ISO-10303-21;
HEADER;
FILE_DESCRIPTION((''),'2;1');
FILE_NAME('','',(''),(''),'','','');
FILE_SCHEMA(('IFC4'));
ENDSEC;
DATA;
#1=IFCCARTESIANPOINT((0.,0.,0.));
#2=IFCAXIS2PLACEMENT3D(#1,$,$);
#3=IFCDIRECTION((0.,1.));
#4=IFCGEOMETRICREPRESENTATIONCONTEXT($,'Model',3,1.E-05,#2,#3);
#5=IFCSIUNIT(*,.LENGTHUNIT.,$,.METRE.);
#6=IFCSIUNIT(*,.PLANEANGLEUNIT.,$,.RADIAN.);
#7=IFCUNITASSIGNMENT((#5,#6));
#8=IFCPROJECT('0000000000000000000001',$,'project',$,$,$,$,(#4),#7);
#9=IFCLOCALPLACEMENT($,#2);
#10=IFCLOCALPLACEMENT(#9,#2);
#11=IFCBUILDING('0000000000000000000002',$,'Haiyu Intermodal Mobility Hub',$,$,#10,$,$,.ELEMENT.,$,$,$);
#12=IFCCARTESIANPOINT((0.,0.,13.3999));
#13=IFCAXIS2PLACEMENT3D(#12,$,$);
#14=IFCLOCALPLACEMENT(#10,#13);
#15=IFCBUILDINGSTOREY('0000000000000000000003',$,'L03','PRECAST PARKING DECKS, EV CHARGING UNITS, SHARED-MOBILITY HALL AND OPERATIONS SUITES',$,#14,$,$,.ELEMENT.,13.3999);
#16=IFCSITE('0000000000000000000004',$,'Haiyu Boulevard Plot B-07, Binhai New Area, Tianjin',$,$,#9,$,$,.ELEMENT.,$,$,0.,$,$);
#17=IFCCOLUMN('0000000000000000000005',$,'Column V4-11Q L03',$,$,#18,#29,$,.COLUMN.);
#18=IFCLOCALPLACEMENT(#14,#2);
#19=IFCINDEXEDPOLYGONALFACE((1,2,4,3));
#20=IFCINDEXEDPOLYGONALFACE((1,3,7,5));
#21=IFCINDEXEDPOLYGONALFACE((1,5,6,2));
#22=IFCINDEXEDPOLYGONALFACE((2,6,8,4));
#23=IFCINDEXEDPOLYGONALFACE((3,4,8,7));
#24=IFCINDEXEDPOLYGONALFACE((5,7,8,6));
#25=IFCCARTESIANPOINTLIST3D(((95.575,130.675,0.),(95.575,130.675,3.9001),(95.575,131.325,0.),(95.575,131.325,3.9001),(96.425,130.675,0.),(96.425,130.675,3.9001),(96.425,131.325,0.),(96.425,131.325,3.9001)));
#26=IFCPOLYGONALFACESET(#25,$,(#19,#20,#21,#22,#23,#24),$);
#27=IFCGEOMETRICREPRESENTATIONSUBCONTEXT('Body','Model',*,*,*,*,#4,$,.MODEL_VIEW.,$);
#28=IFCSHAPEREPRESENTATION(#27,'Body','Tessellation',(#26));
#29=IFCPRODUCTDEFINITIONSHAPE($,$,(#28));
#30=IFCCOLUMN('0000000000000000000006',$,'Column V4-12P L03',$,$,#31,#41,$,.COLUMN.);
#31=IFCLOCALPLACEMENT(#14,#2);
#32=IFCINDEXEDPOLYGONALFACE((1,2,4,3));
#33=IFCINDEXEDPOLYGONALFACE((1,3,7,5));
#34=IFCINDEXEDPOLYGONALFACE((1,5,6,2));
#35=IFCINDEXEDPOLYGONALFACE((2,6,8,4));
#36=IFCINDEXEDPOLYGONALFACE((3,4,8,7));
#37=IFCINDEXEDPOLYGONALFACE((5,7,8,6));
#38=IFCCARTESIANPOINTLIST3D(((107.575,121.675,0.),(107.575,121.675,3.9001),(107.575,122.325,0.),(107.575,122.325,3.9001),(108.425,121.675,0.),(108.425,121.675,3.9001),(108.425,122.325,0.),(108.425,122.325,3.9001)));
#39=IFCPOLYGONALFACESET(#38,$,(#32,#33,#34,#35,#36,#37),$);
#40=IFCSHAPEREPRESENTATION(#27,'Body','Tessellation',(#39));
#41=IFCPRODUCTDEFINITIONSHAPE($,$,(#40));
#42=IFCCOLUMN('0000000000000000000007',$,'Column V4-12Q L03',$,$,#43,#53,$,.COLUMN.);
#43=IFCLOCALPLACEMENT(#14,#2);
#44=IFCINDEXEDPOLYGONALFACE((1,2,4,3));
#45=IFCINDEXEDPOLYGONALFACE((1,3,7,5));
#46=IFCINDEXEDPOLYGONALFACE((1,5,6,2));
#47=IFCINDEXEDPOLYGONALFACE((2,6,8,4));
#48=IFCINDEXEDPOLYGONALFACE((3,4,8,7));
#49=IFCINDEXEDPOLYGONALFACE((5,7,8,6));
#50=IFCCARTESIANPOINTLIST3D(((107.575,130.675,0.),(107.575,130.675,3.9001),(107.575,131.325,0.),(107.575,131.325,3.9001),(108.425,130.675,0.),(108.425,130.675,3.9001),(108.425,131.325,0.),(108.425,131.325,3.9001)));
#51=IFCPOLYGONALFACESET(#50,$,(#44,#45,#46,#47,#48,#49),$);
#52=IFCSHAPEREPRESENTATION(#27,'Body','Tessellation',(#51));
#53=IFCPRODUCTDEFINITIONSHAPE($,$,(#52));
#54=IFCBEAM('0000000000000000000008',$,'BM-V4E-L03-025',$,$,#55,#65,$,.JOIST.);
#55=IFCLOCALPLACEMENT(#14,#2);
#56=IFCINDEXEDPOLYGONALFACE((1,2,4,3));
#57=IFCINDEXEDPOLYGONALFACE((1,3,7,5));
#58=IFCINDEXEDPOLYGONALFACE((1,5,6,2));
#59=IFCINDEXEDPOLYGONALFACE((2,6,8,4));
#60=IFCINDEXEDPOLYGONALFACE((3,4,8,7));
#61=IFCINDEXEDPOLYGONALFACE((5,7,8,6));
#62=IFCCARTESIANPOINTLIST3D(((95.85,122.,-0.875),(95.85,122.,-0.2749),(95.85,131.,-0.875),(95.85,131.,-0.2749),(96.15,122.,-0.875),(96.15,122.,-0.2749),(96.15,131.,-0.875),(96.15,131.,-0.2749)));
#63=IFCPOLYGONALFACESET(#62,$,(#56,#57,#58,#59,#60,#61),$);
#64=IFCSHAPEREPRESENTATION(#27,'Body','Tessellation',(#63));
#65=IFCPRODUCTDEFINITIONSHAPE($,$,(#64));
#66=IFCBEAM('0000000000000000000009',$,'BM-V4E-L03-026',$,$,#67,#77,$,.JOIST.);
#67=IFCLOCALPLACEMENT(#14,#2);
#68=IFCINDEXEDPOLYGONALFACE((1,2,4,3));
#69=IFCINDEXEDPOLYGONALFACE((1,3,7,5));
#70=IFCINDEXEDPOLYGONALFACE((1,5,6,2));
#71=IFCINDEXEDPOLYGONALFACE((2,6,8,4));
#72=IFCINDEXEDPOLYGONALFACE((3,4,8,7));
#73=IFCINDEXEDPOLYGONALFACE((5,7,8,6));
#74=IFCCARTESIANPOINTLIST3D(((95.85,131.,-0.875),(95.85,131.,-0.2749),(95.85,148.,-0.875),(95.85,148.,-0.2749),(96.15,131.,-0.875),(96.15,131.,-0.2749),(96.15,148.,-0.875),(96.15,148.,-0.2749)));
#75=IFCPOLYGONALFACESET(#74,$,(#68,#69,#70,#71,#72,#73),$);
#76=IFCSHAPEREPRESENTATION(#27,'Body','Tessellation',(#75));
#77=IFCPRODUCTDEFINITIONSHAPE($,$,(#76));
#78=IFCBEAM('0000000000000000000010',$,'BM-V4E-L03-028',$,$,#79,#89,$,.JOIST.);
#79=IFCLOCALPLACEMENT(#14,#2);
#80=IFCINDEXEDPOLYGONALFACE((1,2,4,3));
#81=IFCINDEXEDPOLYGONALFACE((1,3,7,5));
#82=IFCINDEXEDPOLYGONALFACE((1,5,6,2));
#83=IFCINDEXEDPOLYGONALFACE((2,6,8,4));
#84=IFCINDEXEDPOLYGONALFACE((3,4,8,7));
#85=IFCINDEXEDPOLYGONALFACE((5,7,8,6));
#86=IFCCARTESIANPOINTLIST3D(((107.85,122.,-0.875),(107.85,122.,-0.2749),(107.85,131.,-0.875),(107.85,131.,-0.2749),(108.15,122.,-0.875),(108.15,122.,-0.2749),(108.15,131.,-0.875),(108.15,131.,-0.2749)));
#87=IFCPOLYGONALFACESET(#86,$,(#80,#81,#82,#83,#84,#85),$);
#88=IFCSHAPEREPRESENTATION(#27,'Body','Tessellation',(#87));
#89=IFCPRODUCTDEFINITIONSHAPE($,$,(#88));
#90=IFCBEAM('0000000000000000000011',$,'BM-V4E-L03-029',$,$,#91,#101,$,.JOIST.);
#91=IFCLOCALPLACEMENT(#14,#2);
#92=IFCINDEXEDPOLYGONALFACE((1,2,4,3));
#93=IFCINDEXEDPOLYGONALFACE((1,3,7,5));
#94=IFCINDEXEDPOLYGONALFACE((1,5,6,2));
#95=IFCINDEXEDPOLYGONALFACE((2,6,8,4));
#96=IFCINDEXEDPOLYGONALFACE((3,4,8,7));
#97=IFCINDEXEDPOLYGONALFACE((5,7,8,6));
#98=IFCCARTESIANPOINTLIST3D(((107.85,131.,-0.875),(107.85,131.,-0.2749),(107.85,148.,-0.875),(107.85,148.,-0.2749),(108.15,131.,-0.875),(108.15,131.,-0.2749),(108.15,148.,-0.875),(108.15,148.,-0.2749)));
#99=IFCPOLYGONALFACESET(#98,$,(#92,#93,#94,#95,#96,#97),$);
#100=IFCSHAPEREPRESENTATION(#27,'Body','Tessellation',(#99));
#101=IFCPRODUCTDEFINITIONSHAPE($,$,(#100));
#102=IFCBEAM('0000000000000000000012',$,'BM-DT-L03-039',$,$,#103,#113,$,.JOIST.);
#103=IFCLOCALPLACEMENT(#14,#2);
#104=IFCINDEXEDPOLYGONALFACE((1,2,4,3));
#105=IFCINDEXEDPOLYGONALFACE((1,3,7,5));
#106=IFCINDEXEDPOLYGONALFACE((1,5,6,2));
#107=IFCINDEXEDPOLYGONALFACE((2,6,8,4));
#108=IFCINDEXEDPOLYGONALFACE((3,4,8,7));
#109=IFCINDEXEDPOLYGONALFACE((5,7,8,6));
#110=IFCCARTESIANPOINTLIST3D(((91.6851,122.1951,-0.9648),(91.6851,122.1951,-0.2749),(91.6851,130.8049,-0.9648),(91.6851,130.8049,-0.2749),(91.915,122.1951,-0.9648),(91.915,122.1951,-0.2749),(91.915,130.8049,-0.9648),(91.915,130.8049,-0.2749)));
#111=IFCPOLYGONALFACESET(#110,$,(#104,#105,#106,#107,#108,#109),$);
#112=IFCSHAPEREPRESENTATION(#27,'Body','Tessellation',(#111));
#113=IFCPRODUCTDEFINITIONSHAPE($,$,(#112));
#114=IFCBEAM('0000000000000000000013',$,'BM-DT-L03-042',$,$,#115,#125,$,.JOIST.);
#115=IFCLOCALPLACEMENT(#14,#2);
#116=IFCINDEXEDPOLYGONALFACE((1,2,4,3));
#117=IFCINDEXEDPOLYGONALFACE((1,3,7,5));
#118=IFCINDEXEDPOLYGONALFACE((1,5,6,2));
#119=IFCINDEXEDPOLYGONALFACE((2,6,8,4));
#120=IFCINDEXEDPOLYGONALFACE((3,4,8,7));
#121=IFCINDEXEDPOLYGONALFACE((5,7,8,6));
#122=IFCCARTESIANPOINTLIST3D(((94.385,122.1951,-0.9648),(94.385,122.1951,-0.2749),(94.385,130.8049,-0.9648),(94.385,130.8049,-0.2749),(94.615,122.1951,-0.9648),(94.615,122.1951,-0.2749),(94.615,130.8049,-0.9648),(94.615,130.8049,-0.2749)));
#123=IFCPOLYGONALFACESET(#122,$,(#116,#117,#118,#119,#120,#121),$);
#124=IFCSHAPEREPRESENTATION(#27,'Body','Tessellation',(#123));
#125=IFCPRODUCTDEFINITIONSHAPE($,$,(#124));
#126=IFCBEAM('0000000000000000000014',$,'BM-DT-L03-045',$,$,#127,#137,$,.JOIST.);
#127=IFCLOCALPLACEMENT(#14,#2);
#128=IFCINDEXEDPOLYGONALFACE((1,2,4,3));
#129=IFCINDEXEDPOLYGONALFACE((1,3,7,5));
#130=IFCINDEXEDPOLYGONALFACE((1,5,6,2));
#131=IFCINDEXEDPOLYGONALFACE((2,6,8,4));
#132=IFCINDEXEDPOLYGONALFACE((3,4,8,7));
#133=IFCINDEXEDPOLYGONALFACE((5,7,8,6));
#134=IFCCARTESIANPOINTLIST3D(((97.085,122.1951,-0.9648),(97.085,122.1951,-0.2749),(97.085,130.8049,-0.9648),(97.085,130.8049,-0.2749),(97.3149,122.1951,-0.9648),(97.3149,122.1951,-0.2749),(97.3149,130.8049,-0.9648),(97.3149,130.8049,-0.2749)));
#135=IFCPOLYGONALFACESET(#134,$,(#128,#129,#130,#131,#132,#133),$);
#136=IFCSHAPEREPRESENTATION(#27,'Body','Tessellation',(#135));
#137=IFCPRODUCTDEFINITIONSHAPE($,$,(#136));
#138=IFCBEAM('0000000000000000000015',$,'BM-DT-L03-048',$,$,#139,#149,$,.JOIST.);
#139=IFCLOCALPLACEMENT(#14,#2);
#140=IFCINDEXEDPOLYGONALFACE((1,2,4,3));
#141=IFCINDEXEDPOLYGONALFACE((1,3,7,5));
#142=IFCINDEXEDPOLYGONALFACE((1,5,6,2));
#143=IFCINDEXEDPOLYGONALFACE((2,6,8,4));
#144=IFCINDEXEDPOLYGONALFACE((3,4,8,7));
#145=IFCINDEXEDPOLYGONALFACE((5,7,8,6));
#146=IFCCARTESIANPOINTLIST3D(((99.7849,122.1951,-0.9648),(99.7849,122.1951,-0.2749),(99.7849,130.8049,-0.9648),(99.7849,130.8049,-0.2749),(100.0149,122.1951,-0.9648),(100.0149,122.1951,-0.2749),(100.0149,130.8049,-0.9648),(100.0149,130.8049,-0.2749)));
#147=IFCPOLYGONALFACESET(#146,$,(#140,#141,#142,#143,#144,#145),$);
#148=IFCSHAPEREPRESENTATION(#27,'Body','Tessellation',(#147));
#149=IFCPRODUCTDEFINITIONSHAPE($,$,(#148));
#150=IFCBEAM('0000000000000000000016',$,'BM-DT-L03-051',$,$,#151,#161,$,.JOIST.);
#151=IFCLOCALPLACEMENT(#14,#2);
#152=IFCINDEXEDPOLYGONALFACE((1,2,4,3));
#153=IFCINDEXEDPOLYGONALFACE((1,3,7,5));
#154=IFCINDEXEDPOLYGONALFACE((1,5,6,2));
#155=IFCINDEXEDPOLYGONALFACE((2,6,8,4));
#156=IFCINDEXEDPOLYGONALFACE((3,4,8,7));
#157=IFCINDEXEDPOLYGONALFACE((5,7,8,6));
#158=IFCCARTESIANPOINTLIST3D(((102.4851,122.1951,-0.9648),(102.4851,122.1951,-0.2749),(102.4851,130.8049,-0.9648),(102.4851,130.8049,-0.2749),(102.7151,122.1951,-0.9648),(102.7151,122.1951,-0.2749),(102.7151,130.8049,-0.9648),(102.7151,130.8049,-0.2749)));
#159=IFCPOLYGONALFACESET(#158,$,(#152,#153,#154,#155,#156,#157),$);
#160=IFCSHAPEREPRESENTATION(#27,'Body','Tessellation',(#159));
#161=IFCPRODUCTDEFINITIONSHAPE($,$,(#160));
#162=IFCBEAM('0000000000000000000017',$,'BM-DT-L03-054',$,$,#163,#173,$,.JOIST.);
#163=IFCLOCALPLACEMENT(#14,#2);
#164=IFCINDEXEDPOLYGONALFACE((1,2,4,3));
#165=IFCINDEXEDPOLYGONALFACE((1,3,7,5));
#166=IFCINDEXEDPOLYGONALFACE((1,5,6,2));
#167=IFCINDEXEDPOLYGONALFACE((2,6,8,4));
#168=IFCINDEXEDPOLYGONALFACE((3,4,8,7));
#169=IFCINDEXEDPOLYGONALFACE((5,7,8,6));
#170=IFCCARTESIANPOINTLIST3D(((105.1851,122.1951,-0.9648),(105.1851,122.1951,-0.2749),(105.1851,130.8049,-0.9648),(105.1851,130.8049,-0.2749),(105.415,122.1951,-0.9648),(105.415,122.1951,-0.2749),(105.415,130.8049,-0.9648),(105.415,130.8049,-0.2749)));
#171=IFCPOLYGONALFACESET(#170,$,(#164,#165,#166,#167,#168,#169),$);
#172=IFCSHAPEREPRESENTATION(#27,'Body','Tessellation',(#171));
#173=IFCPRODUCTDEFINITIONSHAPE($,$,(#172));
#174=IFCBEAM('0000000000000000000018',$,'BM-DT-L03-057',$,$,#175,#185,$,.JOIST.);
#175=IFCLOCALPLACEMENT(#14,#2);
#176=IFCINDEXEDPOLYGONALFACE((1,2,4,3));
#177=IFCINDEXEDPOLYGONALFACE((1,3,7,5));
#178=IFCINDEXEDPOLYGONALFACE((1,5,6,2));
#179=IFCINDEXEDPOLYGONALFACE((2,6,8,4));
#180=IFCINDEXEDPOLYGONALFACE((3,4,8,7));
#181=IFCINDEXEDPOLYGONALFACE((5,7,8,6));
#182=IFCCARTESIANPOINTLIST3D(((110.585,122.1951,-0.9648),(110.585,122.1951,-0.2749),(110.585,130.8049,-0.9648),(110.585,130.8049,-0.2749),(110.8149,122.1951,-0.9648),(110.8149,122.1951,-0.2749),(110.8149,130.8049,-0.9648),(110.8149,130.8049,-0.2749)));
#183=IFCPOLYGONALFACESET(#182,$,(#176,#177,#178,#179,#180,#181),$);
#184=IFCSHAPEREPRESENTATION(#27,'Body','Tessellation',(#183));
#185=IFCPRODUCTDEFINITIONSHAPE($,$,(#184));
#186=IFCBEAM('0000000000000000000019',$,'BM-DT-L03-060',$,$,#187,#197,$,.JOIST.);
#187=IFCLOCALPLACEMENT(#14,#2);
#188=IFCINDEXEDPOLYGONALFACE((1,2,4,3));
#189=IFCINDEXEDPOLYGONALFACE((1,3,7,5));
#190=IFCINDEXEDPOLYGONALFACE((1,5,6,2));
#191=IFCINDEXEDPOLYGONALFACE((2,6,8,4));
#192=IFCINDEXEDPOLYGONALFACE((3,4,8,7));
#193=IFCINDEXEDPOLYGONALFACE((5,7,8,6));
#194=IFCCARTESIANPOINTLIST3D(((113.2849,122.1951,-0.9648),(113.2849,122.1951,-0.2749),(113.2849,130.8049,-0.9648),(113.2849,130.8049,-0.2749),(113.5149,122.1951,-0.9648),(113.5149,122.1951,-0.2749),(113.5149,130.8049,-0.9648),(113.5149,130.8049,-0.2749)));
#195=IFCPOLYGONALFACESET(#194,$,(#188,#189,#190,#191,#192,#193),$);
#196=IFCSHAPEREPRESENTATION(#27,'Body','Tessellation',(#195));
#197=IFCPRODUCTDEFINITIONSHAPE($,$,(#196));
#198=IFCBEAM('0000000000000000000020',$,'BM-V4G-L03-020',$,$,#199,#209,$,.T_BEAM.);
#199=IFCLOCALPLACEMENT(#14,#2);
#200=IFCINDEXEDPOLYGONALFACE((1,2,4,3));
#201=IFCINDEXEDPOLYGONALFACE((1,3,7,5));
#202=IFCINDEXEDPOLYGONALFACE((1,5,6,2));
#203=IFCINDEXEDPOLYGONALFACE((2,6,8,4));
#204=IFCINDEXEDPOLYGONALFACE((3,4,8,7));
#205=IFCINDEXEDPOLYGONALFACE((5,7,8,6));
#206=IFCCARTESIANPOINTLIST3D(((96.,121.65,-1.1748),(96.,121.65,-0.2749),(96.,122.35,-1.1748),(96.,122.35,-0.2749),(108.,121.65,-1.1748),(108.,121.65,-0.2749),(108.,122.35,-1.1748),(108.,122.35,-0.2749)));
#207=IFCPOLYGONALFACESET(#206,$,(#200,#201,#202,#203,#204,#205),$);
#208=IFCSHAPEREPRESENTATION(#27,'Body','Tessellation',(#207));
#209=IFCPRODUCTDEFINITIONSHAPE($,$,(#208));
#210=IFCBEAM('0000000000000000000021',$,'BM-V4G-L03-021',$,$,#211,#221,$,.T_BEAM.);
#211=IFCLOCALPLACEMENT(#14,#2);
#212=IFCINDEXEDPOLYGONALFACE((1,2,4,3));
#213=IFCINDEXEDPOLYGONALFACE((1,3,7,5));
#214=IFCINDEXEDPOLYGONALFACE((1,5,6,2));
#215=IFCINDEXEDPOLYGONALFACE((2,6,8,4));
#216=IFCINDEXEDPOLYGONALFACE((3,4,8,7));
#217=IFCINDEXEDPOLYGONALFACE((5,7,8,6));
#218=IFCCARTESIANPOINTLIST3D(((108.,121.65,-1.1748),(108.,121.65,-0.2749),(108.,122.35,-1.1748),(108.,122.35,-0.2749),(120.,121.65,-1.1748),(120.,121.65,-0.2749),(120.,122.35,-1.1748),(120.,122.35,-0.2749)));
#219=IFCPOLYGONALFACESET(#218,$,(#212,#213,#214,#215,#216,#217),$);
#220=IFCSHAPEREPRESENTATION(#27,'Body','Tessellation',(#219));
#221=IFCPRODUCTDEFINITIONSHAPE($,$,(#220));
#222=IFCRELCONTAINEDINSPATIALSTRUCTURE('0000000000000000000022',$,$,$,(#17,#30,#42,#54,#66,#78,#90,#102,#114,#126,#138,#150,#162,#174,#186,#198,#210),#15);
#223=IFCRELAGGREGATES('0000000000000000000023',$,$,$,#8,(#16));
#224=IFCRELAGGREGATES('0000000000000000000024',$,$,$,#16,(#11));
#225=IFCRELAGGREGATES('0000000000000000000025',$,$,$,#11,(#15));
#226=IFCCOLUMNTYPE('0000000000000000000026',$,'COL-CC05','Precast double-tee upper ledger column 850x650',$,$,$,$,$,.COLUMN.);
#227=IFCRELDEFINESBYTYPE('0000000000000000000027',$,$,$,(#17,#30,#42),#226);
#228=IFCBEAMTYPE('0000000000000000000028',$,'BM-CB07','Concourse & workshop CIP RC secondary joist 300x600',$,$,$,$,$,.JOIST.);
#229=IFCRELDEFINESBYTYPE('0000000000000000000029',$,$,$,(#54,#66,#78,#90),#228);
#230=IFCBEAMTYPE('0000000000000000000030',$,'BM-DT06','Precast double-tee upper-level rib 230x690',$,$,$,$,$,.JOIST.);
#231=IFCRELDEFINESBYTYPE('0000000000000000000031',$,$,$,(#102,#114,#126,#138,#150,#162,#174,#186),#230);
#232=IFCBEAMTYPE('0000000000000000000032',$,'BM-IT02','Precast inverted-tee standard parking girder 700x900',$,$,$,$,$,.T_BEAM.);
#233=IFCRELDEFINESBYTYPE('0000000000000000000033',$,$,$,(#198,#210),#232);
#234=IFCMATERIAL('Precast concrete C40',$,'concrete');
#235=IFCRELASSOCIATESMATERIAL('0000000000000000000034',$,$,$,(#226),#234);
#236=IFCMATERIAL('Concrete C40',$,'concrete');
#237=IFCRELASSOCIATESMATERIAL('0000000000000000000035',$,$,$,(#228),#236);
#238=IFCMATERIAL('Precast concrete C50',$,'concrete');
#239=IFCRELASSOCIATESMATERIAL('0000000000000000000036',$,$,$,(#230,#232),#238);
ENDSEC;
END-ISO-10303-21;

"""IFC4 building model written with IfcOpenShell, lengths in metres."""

from ifc_helpers import new_model, si_unit, direction, frame, origin, origin_2d, place, context, subcontext, project, spatial, rectangle, extrude, material, material_profile, profile_set, type_object, element, save


model = new_model("IFC4")

# Units and contexts
model_context = context("Model", 3, precision=1e-05, world=origin(), true_north=direction((0.0, 1.0)))
body_context = subcontext(model_context, "Body", "Model", "MODEL_VIEW")
ifc_project = project(units=[si_unit("LENGTHUNIT", "METRE"), si_unit("PLANEANGLEUNIT", "RADIAN")], contexts=[model_context])

# Site, building, storey
site_placement = place(None, origin())
site = spatial("IfcSite", under=ifc_project, at=site_placement, Name="Haiyu Boulevard Plot B-07, Binhai New Area, Tianjin", CompositionType="ELEMENT", RefElevation=0.0)
building_placement = place(site_placement, origin())
building = spatial("IfcBuilding", under=site, at=building_placement, Name="Haiyu Intermodal Mobility Hub", CompositionType="ELEMENT")
storey_placement = place(building_placement, frame((0.0, 0.0, 13.3999)))
storey = spatial("IfcBuildingStorey", under=building, at=storey_placement, Name="L03", Description="PRECAST PARKING DECKS, EV CHARGING UNITS, SHARED-MOBILITY HALL AND OPERATIONS SUITES", CompositionType="ELEMENT", Elevation=13.3999)

# Columns
ifc_material_1 = material(Name="Precast concrete C40", Category="concrete")
ifc_material_profile_1 = material_profile(ifc_material_1, rectangle(XDim=0.8501, YDim=0.6499, at=origin_2d()), Name="RC850x650")
ifc_profile_set_1 = profile_set([ifc_material_profile_1], Name="Precast concrete C40")
column_type = type_object("IfcColumnType", Name="COL-CC05", Description="Precast double-tee upper ledger column 850x650", PredefinedType="COLUMN", material=ifc_profile_set_1)
for number, where, z_axis, x_axis, name in (
    (1, (96.0, 131.0, 0.0), (0.0, 0.0, 1.0), (1.0, 0.0, 0.0), "Column V4-11Q L03"),
    (2, (108.0, 122.0, 0.0), (0.0, 0.0, 1.0), (1.0, 0.0, 0.0), "Column V4-12P L03"),
    (3, (108.0, 131.0, 0.0), (0.0, 0.0, 1.0), (1.0, 0.0, 0.0), "Column V4-12Q L03"),
):
    element("IfcColumn", number, at=place(storey_placement, frame(where, z_axis=z_axis, x_axis=x_axis)), inside=storey, type_object=column_type, Name=name, PredefinedType="COLUMN", context=body_context, shape_type="SweptSolid", body=[
        extrude(rectangle(XDim=0.8501, YDim=0.6499, at=origin_2d()), origin(), (0.0, 0.0, 1.0), 3.9001),
    ])

# Beams
ifc_material_2 = material(Name="Concrete C40", Category="concrete")
ifc_material_profile_2 = material_profile(ifc_material_2, rectangle(XDim=0.3, YDim=0.6001, at=origin_2d()), Name="RCB300x600")
ifc_profile_set_2 = profile_set([ifc_material_profile_2], Name="Concrete C40")
beam_type_1 = type_object("IfcBeamType", Name="BM-CB07", Description="Concourse & workshop CIP RC secondary joist 300x600", PredefinedType="JOIST", material=ifc_profile_set_2)
beam_1_placement = place(storey_placement, frame((96.0, 122.0, -0.575), z_axis=(0.0, 1.0, 0.0), x_axis=(-1.0, 0.0, 0.0)))
element("IfcBeam", 4, at=beam_1_placement, inside=storey, type_object=beam_type_1, Name="BM-V4E-L03-025", PredefinedType="JOIST", context=body_context, shape_type="SweptSolid", body=[
    extrude(rectangle(XDim=0.3, YDim=0.6001, at=origin_2d()), origin(), (0.0, 0.0, 1.0), 9.0),
])
beam_2_placement = place(storey_placement, frame((96.0, 131.0, -0.575), z_axis=(0.0, 1.0, 0.0), x_axis=(-1.0, 0.0, 0.0)))
element("IfcBeam", 5, at=beam_2_placement, inside=storey, type_object=beam_type_1, Name="BM-V4E-L03-026", PredefinedType="JOIST", context=body_context, shape_type="SweptSolid", body=[
    extrude(rectangle(XDim=0.3, YDim=0.6001, at=origin_2d()), origin(), (0.0, 0.0, 1.0), 17.0),
])
beam_3_placement = place(storey_placement, frame((108.0, 122.0, -0.575), z_axis=(0.0, 1.0, 0.0), x_axis=(-1.0, 0.0, 0.0)))
element("IfcBeam", 6, at=beam_3_placement, inside=storey, type_object=beam_type_1, Name="BM-V4E-L03-028", PredefinedType="JOIST", context=body_context, shape_type="SweptSolid", body=[
    extrude(rectangle(XDim=0.3, YDim=0.6001, at=origin_2d()), origin(), (0.0, 0.0, 1.0), 9.0),
])
beam_4_placement = place(storey_placement, frame((108.0, 131.0, -0.575), z_axis=(0.0, 1.0, 0.0), x_axis=(-1.0, 0.0, 0.0)))
element("IfcBeam", 7, at=beam_4_placement, inside=storey, type_object=beam_type_1, Name="BM-V4E-L03-029", PredefinedType="JOIST", context=body_context, shape_type="SweptSolid", body=[
    extrude(rectangle(XDim=0.3, YDim=0.6001, at=origin_2d()), origin(), (0.0, 0.0, 1.0), 17.0),
])
ifc_material_3 = material(Name="Precast concrete C50", Category="concrete")
ifc_material_profile_3 = material_profile(ifc_material_3, rectangle(XDim=0.23, YDim=0.6899, at=origin_2d()), Name="B230x690")
ifc_profile_set_3 = profile_set([ifc_material_profile_3], Name="Precast concrete C50")
beam_type_2 = type_object("IfcBeamType", Name="BM-DT06", Description="Precast double-tee upper-level rib 230x690", PredefinedType="JOIST", material=ifc_profile_set_3)
for number, where, z_axis, x_axis, name in (
    (8, (91.8, 122.1951, -0.6199), (0.0, 1.0, 0.0), (-1.0, 0.0, 0.0), "BM-DT-L03-039"),
    (9, (94.5, 122.1951, -0.6199), (0.0, 1.0, 0.0), (-1.0, 0.0, 0.0), "BM-DT-L03-042"),
    (10, (97.2, 122.1951, -0.6199), (0.0, 1.0, 0.0), (-1.0, 0.0, 0.0), "BM-DT-L03-045"),
    (11, (99.8999, 122.1951, -0.6199), (0.0, 1.0, 0.0), (-1.0, 0.0, 0.0), "BM-DT-L03-048"),
    (12, (102.6001, 122.1951, -0.6199), (0.0, 1.0, 0.0), (-1.0, 0.0, 0.0), "BM-DT-L03-051"),
    (13, (105.3, 122.1951, -0.6199), (0.0, 1.0, 0.0), (-1.0, 0.0, 0.0), "BM-DT-L03-054"),
    (14, (110.7, 122.1951, -0.6199), (0.0, 1.0, 0.0), (-1.0, 0.0, 0.0), "BM-DT-L03-057"),
    (15, (113.3999, 122.1951, -0.6199), (0.0, 1.0, 0.0), (-1.0, 0.0, 0.0), "BM-DT-L03-060"),
):
    element("IfcBeam", number, at=place(storey_placement, frame(where, z_axis=z_axis, x_axis=x_axis)), inside=storey, type_object=beam_type_2, Name=name, PredefinedType="JOIST", context=body_context, shape_type="SweptSolid", body=[
        extrude(rectangle(XDim=0.23, YDim=0.6899, at=origin_2d()), origin(), (0.0, 0.0, 1.0), 8.6099),
    ])
ifc_material_profile_4 = material_profile(ifc_material_3, rectangle(XDim=0.7, YDim=0.8999, at=origin_2d()), Name="PC700x900")
ifc_profile_set_4 = profile_set([ifc_material_profile_4], Name="Precast concrete C50")
beam_type_3 = type_object("IfcBeamType", Name="BM-IT02", Description="Precast inverted-tee standard parking girder 700x900", PredefinedType="T_BEAM", material=ifc_profile_set_4)
for number, where, z_axis, x_axis, name in (
    (16, (96.0, 122.0, -0.7249), (1.0, 0.0, 0.0), (0.0, 1.0, 0.0), "BM-V4G-L03-020"),
    (17, (108.0, 122.0, -0.7249), (1.0, 0.0, 0.0), (0.0, 1.0, 0.0), "BM-V4G-L03-021"),
):
    element("IfcBeam", number, at=place(storey_placement, frame(where, z_axis=z_axis, x_axis=x_axis)), inside=storey, type_object=beam_type_3, Name=name, PredefinedType="T_BEAM", context=body_context, shape_type="SweptSolid", body=[
        extrude(rectangle(XDim=0.7, YDim=0.8999, at=origin_2d()), origin(), (0.0, 0.0, 1.0), 12.0),
    ])

save(model, "model.ifc")
